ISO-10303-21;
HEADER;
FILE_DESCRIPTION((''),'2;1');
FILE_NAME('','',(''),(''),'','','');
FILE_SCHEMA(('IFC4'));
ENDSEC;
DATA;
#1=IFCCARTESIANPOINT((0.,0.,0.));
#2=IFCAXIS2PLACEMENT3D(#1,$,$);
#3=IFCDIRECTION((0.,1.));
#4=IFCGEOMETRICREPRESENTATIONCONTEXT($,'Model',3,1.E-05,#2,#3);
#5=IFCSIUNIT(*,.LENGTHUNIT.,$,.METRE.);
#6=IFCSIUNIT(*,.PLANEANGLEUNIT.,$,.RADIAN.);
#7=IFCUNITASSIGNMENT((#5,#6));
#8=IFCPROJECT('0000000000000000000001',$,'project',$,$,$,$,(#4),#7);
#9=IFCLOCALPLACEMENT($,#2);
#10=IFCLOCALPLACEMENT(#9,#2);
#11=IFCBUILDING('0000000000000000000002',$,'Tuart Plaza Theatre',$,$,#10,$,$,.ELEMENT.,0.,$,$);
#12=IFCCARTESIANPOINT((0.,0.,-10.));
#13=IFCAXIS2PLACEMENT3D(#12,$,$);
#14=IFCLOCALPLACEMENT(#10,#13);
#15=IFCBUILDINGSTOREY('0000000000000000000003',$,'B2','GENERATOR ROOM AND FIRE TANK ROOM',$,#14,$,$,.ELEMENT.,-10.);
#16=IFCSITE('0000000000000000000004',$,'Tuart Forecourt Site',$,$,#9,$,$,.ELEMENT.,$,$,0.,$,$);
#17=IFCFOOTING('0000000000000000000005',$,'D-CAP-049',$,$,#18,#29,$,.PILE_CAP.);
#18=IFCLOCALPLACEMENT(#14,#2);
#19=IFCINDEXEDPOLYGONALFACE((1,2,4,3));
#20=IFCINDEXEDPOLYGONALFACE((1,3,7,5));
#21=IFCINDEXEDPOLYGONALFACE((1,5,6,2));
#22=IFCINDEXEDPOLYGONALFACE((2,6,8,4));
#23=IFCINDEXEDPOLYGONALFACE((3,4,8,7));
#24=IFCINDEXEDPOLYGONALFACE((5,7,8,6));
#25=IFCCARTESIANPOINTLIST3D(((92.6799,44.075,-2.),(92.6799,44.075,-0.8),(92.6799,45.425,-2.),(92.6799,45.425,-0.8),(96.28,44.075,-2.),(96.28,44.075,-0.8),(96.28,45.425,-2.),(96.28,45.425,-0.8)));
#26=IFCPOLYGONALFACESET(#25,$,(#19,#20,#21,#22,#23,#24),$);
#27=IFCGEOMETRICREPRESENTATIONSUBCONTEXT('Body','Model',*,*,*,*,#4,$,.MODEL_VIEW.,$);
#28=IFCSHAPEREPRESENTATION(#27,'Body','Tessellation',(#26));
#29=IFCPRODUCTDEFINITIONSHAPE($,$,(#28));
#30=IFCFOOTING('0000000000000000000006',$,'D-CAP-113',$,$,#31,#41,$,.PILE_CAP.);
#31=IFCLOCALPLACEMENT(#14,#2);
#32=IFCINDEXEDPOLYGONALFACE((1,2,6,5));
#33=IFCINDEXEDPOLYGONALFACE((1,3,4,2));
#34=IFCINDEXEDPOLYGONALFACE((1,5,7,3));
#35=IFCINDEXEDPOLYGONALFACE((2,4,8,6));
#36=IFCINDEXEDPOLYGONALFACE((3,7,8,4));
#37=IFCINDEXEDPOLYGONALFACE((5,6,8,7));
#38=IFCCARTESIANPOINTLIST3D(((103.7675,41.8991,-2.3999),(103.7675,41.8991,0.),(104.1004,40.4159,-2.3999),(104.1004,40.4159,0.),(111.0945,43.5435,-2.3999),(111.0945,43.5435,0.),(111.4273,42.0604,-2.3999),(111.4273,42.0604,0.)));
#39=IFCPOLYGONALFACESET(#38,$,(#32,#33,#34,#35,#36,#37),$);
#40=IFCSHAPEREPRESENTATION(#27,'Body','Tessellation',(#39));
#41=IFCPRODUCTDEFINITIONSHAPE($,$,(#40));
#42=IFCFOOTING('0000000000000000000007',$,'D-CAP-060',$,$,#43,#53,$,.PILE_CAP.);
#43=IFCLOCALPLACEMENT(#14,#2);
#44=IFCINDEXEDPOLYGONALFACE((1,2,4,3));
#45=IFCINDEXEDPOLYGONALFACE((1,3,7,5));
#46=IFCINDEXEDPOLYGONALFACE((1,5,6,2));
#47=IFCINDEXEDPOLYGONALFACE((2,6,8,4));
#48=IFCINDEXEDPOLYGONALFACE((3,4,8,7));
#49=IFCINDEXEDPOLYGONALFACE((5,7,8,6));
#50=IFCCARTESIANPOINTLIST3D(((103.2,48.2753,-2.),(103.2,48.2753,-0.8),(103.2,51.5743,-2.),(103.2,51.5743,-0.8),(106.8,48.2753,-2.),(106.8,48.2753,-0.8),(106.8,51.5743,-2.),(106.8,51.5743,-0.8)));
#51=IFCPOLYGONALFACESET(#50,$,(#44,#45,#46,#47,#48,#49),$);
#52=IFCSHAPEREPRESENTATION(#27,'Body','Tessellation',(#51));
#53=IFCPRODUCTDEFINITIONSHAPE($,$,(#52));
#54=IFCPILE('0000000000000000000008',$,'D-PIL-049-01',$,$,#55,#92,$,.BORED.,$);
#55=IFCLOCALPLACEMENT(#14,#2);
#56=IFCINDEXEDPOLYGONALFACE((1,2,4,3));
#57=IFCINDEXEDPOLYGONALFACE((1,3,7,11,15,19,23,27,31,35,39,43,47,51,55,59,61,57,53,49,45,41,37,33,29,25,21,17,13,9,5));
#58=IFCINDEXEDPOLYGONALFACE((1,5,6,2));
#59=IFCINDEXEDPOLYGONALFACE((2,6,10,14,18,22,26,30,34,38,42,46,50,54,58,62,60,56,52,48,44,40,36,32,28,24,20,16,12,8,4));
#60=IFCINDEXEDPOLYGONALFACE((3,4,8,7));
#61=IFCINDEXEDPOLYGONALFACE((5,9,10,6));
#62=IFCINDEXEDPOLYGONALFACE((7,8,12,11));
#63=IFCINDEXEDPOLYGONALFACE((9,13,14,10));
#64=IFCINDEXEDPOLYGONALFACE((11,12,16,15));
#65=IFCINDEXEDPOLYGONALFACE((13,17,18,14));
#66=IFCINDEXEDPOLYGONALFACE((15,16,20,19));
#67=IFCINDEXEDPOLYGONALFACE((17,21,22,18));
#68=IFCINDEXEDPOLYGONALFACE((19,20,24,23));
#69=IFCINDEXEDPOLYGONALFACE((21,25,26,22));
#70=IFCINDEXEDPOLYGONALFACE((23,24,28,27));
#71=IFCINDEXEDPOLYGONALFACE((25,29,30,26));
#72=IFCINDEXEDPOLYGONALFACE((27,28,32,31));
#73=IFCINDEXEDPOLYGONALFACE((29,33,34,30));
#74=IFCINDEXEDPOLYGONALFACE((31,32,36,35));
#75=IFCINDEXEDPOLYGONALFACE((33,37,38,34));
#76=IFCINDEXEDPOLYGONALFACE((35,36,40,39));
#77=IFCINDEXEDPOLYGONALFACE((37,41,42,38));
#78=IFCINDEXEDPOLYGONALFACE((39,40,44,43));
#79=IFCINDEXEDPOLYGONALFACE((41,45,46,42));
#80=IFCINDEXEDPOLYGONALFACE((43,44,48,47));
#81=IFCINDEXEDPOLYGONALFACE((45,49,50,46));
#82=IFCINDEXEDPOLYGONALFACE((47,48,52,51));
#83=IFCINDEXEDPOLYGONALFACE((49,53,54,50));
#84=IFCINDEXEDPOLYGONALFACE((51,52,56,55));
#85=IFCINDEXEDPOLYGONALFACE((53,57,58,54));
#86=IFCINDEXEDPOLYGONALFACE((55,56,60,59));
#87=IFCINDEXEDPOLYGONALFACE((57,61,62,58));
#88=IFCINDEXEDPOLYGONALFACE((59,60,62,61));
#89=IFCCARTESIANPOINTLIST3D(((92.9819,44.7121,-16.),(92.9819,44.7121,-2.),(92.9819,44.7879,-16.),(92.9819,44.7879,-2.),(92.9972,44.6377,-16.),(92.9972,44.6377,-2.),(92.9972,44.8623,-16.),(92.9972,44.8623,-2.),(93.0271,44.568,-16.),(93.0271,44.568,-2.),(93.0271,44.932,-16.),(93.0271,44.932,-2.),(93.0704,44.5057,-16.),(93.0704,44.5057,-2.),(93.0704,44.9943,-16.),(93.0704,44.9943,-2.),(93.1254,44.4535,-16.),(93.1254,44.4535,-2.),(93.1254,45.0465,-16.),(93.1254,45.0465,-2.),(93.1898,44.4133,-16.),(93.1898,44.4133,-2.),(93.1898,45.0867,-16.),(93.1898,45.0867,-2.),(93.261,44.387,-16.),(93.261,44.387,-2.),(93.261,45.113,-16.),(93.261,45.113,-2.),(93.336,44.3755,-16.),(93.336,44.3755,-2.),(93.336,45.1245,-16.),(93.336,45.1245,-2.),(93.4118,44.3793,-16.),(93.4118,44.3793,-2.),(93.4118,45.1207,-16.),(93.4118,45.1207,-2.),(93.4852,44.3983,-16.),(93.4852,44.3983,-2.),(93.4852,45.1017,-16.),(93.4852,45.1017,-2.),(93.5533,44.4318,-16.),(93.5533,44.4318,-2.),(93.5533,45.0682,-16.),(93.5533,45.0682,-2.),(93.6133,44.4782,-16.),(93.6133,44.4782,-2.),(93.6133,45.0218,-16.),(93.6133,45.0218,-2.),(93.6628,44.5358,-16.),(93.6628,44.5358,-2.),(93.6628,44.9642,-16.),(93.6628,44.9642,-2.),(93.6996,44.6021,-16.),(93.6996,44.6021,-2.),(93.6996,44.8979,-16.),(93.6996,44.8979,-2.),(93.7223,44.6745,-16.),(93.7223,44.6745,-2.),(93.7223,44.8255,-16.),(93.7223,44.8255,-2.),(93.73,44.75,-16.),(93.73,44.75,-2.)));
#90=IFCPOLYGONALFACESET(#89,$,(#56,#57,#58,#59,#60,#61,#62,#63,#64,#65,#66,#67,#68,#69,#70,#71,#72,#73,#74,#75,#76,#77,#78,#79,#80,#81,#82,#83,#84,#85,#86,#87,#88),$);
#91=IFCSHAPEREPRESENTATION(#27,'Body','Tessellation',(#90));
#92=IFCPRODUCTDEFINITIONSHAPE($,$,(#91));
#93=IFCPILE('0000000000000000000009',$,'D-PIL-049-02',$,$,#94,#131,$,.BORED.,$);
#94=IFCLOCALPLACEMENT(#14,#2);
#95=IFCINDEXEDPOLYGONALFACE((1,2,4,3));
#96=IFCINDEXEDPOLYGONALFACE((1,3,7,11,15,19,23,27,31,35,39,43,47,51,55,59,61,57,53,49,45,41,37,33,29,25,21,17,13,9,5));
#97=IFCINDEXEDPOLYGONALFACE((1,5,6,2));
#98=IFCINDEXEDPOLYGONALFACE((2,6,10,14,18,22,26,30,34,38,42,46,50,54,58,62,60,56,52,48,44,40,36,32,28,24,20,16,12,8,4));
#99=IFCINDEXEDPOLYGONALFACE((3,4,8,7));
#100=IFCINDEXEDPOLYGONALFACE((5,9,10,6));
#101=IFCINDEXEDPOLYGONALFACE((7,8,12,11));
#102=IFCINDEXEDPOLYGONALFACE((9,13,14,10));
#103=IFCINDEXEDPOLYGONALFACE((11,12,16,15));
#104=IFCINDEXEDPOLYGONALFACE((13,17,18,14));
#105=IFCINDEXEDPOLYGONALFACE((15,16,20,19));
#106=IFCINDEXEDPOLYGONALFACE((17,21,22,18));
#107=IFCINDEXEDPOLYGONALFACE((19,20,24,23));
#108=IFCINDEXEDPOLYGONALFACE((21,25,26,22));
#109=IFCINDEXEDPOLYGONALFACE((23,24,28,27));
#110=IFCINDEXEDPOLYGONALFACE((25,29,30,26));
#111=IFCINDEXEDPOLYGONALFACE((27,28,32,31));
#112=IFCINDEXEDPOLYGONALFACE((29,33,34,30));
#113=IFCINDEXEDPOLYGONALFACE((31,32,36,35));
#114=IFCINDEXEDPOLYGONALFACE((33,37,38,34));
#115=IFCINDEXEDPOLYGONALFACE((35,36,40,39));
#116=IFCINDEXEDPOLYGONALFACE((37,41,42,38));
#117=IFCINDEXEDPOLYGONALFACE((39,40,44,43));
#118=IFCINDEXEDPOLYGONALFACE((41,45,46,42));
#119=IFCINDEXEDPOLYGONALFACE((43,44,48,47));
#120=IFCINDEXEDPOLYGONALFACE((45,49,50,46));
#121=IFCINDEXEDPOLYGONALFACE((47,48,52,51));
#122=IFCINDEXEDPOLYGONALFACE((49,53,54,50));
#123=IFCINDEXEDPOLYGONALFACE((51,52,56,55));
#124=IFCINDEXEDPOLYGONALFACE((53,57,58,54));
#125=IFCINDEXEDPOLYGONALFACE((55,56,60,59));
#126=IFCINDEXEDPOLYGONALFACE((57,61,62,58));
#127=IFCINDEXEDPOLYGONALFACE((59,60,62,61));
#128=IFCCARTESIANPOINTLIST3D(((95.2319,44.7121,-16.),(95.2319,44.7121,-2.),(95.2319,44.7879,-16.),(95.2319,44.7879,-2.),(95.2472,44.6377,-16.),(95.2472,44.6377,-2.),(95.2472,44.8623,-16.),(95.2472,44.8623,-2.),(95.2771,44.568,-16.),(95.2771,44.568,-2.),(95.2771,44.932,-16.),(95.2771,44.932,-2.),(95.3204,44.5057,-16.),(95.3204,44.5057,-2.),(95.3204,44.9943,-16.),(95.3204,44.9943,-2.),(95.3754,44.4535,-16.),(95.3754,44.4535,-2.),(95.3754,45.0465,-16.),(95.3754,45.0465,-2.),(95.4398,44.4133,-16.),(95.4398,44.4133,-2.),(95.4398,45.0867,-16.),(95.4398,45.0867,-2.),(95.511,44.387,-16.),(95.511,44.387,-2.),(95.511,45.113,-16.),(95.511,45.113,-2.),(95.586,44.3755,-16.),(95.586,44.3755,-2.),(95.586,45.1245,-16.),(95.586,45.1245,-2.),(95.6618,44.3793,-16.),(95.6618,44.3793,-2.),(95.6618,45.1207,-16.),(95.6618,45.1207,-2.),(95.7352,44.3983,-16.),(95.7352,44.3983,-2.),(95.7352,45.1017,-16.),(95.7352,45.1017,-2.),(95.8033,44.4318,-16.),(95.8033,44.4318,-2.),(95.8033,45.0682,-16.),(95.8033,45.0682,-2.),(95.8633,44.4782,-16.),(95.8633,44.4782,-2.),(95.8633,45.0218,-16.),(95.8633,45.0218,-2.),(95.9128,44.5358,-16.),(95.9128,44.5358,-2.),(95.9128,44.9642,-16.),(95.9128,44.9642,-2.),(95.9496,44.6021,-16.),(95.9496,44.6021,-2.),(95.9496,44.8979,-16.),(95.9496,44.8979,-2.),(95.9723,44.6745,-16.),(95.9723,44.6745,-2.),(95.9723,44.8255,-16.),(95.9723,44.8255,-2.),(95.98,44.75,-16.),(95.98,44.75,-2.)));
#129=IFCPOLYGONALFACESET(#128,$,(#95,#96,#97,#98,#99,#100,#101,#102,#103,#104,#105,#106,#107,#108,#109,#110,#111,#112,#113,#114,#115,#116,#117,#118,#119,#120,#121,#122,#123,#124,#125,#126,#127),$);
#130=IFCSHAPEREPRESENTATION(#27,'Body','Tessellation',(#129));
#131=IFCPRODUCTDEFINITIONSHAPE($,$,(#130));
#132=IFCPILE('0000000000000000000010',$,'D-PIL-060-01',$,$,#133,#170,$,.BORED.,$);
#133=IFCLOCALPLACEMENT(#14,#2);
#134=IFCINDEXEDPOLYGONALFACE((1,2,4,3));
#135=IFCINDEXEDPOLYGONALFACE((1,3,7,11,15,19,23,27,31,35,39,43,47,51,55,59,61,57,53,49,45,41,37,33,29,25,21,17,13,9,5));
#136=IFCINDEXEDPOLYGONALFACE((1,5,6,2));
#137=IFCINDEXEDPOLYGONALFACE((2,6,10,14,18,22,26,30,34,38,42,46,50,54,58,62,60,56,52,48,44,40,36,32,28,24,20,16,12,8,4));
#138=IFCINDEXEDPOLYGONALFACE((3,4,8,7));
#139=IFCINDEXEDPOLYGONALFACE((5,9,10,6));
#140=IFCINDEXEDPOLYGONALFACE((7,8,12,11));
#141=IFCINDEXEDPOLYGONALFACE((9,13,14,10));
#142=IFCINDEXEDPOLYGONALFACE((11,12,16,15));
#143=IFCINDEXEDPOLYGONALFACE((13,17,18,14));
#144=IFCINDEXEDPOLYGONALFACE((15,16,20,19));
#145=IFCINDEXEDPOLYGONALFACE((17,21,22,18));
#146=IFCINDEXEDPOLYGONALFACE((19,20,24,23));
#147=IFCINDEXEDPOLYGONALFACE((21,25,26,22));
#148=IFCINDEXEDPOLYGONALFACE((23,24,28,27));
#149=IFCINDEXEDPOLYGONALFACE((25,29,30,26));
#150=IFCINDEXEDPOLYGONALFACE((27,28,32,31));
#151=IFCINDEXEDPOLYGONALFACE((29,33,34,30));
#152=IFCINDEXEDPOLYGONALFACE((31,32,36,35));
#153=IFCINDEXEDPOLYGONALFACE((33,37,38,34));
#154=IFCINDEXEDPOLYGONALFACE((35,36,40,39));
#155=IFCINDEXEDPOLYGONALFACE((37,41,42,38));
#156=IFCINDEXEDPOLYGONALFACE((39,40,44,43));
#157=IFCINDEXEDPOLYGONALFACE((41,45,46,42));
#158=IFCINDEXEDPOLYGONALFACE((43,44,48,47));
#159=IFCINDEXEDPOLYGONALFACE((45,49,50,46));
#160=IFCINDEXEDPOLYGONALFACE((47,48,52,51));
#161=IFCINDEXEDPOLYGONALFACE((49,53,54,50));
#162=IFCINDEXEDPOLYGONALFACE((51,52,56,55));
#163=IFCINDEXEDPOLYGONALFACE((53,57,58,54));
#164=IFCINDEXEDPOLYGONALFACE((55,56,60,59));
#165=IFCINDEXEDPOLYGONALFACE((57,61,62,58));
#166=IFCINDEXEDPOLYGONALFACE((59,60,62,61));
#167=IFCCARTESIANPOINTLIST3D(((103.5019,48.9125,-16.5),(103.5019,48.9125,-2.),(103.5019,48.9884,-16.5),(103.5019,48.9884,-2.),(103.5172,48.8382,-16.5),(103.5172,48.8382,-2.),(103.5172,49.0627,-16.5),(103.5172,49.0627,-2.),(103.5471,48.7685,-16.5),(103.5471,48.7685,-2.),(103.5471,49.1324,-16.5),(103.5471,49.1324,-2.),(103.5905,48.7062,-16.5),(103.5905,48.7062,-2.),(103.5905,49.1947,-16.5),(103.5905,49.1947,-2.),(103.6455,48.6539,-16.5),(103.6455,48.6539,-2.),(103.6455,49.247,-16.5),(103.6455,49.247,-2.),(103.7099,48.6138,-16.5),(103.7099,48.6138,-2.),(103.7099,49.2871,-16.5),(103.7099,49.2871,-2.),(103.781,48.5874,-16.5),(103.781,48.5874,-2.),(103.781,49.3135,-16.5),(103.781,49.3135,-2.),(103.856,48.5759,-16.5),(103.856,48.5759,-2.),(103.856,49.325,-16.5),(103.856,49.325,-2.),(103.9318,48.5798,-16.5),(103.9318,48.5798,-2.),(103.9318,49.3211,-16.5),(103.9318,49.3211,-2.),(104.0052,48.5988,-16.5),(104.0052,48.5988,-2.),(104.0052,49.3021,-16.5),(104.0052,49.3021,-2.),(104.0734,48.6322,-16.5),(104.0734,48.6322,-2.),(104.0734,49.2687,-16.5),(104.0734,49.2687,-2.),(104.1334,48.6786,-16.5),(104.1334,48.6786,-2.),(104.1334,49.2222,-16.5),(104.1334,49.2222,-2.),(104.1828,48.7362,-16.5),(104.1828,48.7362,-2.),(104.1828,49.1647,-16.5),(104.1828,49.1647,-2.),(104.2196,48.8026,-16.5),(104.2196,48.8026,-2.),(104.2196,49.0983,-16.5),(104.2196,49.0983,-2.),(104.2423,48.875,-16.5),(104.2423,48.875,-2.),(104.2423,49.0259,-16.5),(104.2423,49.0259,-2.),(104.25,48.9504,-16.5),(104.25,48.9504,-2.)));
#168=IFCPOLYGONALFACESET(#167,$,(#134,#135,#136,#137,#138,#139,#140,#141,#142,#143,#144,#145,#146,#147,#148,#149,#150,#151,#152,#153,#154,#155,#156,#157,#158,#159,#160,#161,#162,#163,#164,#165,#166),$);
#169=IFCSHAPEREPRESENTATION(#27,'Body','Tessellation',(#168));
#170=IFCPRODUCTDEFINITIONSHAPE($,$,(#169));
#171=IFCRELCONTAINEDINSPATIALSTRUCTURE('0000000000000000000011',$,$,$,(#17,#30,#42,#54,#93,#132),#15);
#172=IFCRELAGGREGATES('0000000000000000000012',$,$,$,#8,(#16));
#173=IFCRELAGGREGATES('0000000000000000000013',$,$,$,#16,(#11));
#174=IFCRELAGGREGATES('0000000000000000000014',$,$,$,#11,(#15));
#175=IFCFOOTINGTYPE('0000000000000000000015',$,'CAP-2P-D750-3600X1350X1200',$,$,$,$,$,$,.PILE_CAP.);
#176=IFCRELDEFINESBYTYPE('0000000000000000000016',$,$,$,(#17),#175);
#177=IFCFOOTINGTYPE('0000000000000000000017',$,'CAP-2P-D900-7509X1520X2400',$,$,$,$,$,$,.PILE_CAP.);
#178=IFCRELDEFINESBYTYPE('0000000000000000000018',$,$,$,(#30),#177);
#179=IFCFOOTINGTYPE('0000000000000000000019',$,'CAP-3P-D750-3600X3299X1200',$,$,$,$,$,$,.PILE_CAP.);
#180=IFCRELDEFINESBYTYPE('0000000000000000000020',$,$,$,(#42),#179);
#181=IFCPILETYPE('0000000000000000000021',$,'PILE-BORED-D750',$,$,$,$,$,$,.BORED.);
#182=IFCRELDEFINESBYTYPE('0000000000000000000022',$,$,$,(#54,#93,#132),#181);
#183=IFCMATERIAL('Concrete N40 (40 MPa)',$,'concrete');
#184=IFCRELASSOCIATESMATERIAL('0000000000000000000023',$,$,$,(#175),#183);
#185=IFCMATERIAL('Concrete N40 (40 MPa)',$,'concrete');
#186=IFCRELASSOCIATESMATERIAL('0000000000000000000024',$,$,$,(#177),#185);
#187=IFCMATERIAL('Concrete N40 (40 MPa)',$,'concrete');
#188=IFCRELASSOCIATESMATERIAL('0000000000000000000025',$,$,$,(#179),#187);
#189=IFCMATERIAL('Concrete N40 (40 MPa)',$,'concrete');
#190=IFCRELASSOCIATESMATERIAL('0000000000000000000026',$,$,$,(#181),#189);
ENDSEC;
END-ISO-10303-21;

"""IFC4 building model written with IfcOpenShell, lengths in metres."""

from ifc_helpers import new_model, si_unit, direction, frame, origin, origin_2d, place, context, subcontext, project, spatial, rectangle, circle, extrude, material, material_profile, profile_set, type_object, element, save


model = new_model("IFC4")

# Units and contexts
model_context = context("Model", 3, precision=1e-05, world=origin(), true_north=direction((0.0, 1.0)))
body_context = subcontext(model_context, "Body", "Model", "MODEL_VIEW")
ifc_project = project(units=[si_unit("LENGTHUNIT", "METRE"), si_unit("PLANEANGLEUNIT", "RADIAN")], contexts=[model_context])

# Site, building, storey
site_placement = place(None, origin())
site = spatial("IfcSite", under=ifc_project, at=site_placement, Name="Tuart Forecourt Site", CompositionType="ELEMENT", RefElevation=0.0)
building_placement = place(site_placement, origin())
building = spatial("IfcBuilding", under=site, at=building_placement, Name="Tuart Plaza Theatre", CompositionType="ELEMENT", ElevationOfRefHeight=0.0)
storey_placement = place(building_placement, frame((0.0, 0.0, -10.0)))
storey = spatial("IfcBuildingStorey", under=building, at=storey_placement, Name="B2", Description="GENERATOR ROOM AND FIRE TANK ROOM", CompositionType="ELEMENT", Elevation=-10.0)

# Footings
ifc_material_1 = material(Name="Concrete N40 (40 MPa)", Category="concrete")
footing_type_1 = type_object("IfcFootingType", Name="CAP-2P-D750-3600X1350X1200", PredefinedType="PILE_CAP", material=ifc_material_1)
footing_1_placement = place(storey_placement, frame((94.48, 44.75, -2.0), z_axis=(0.0, 0.0, 1.0), x_axis=(1.0, 0.0, 0.0)))
element("IfcFooting", 1, at=footing_1_placement, inside=storey, type_object=footing_type_1, Name="D-CAP-049", PredefinedType="PILE_CAP", context=body_context, shape_type="SweptSolid", body=[
    extrude(rectangle(XDim=3.6001, YDim=1.3501, at=origin_2d()), origin(), (0.0, 0.0, 1.0), 1.2),
])
ifc_material_2 = material(Name="Concrete N40 (40 MPa)", Category="concrete")
footing_type_2 = type_object("IfcFootingType", Name="CAP-2P-D900-7509X1520X2400", PredefinedType="PILE_CAP", material=ifc_material_2)
footing_2_placement = place(storey_placement, frame((107.5974, 41.9797, -2.3999), z_axis=(0.0, 0.0, 1.0), x_axis=(0.975726, 0.218994, 0.0)))
element("IfcFooting", 2, at=footing_2_placement, inside=storey, type_object=footing_type_2, Name="D-CAP-113", PredefinedType="PILE_CAP", context=body_context, shape_type="SweptSolid", body=[
    extrude(rectangle(XDim=7.5093, YDim=1.52, at=origin_2d()), origin(), (0.0, 0.0, 1.0), 2.3999),
])
ifc_material_3 = material(Name="Concrete N40 (40 MPa)", Category="concrete")
footing_type_3 = type_object("IfcFootingType", Name="CAP-3P-D750-3600X3299X1200", PredefinedType="PILE_CAP", material=ifc_material_3)
footing_3_placement = place(storey_placement, frame((105.0, 49.9248, -2.0), z_axis=(0.0, 0.0, 1.0), x_axis=(-1.0, 0.0, 0.0)))
element("IfcFooting", 3, at=footing_3_placement, inside=storey, type_object=footing_type_3, Name="D-CAP-060", PredefinedType="PILE_CAP", context=body_context, shape_type="SweptSolid", body=[
    extrude(rectangle(XDim=3.6001, YDim=3.2991, at=origin_2d()), origin(), (0.0, 0.0, 1.0), 1.2),
])

# Piles
ifc_material_4 = material(Name="Concrete N40 (40 MPa)", Category="concrete")
ifc_material_profile_1 = material_profile(ifc_material_4, circle(Radius=0.375, at=origin_2d()), Name="PILE-BORED-D750")
ifc_profile_set_1 = profile_set([ifc_material_profile_1], Name="Concrete N40 (40 MPa)")
pile_type_1 = type_object("IfcPileType", Name="PILE-BORED-D750", PredefinedType="BORED", material=ifc_profile_set_1)
for number, where, z_axis, x_axis, name in (
    (4, (93.355, 44.75, -2.0), (0.0, 0.0, -1.0), (1.0, 0.0, 0.0), "D-PIL-049-01"),
    (5, (95.605, 44.75, -2.0), (0.0, 0.0, -1.0), (1.0, 0.0, 0.0), "D-PIL-049-02"),
):
    element("IfcPile", number, at=place(storey_placement, frame(where, z_axis=z_axis, x_axis=x_axis)), inside=storey, type_object=pile_type_1, Name=name, PredefinedType="BORED", context=body_context, shape_type="SweptSolid", body=[
        extrude(circle(Radius=0.375, at=origin_2d()), origin(), (0.0, 0.0, 1.0), 14.0),
    ])
for number, where, z_axis, x_axis, name in (
    (6, (103.875, 48.9504, -2.0), (0.0, 0.0, -1.0), (1.0, 0.0, 0.0), "D-PIL-060-01"),
):
    element("IfcPile", number, at=place(storey_placement, frame(where, z_axis=z_axis, x_axis=x_axis)), inside=storey, type_object=pile_type_1, Name=name, PredefinedType="BORED", context=body_context, shape_type="SweptSolid", body=[
        extrude(circle(Radius=0.375, at=origin_2d()), origin(), (0.0, 0.0, 1.0), 14.5),
    ])

save(model, "model.ifc")
